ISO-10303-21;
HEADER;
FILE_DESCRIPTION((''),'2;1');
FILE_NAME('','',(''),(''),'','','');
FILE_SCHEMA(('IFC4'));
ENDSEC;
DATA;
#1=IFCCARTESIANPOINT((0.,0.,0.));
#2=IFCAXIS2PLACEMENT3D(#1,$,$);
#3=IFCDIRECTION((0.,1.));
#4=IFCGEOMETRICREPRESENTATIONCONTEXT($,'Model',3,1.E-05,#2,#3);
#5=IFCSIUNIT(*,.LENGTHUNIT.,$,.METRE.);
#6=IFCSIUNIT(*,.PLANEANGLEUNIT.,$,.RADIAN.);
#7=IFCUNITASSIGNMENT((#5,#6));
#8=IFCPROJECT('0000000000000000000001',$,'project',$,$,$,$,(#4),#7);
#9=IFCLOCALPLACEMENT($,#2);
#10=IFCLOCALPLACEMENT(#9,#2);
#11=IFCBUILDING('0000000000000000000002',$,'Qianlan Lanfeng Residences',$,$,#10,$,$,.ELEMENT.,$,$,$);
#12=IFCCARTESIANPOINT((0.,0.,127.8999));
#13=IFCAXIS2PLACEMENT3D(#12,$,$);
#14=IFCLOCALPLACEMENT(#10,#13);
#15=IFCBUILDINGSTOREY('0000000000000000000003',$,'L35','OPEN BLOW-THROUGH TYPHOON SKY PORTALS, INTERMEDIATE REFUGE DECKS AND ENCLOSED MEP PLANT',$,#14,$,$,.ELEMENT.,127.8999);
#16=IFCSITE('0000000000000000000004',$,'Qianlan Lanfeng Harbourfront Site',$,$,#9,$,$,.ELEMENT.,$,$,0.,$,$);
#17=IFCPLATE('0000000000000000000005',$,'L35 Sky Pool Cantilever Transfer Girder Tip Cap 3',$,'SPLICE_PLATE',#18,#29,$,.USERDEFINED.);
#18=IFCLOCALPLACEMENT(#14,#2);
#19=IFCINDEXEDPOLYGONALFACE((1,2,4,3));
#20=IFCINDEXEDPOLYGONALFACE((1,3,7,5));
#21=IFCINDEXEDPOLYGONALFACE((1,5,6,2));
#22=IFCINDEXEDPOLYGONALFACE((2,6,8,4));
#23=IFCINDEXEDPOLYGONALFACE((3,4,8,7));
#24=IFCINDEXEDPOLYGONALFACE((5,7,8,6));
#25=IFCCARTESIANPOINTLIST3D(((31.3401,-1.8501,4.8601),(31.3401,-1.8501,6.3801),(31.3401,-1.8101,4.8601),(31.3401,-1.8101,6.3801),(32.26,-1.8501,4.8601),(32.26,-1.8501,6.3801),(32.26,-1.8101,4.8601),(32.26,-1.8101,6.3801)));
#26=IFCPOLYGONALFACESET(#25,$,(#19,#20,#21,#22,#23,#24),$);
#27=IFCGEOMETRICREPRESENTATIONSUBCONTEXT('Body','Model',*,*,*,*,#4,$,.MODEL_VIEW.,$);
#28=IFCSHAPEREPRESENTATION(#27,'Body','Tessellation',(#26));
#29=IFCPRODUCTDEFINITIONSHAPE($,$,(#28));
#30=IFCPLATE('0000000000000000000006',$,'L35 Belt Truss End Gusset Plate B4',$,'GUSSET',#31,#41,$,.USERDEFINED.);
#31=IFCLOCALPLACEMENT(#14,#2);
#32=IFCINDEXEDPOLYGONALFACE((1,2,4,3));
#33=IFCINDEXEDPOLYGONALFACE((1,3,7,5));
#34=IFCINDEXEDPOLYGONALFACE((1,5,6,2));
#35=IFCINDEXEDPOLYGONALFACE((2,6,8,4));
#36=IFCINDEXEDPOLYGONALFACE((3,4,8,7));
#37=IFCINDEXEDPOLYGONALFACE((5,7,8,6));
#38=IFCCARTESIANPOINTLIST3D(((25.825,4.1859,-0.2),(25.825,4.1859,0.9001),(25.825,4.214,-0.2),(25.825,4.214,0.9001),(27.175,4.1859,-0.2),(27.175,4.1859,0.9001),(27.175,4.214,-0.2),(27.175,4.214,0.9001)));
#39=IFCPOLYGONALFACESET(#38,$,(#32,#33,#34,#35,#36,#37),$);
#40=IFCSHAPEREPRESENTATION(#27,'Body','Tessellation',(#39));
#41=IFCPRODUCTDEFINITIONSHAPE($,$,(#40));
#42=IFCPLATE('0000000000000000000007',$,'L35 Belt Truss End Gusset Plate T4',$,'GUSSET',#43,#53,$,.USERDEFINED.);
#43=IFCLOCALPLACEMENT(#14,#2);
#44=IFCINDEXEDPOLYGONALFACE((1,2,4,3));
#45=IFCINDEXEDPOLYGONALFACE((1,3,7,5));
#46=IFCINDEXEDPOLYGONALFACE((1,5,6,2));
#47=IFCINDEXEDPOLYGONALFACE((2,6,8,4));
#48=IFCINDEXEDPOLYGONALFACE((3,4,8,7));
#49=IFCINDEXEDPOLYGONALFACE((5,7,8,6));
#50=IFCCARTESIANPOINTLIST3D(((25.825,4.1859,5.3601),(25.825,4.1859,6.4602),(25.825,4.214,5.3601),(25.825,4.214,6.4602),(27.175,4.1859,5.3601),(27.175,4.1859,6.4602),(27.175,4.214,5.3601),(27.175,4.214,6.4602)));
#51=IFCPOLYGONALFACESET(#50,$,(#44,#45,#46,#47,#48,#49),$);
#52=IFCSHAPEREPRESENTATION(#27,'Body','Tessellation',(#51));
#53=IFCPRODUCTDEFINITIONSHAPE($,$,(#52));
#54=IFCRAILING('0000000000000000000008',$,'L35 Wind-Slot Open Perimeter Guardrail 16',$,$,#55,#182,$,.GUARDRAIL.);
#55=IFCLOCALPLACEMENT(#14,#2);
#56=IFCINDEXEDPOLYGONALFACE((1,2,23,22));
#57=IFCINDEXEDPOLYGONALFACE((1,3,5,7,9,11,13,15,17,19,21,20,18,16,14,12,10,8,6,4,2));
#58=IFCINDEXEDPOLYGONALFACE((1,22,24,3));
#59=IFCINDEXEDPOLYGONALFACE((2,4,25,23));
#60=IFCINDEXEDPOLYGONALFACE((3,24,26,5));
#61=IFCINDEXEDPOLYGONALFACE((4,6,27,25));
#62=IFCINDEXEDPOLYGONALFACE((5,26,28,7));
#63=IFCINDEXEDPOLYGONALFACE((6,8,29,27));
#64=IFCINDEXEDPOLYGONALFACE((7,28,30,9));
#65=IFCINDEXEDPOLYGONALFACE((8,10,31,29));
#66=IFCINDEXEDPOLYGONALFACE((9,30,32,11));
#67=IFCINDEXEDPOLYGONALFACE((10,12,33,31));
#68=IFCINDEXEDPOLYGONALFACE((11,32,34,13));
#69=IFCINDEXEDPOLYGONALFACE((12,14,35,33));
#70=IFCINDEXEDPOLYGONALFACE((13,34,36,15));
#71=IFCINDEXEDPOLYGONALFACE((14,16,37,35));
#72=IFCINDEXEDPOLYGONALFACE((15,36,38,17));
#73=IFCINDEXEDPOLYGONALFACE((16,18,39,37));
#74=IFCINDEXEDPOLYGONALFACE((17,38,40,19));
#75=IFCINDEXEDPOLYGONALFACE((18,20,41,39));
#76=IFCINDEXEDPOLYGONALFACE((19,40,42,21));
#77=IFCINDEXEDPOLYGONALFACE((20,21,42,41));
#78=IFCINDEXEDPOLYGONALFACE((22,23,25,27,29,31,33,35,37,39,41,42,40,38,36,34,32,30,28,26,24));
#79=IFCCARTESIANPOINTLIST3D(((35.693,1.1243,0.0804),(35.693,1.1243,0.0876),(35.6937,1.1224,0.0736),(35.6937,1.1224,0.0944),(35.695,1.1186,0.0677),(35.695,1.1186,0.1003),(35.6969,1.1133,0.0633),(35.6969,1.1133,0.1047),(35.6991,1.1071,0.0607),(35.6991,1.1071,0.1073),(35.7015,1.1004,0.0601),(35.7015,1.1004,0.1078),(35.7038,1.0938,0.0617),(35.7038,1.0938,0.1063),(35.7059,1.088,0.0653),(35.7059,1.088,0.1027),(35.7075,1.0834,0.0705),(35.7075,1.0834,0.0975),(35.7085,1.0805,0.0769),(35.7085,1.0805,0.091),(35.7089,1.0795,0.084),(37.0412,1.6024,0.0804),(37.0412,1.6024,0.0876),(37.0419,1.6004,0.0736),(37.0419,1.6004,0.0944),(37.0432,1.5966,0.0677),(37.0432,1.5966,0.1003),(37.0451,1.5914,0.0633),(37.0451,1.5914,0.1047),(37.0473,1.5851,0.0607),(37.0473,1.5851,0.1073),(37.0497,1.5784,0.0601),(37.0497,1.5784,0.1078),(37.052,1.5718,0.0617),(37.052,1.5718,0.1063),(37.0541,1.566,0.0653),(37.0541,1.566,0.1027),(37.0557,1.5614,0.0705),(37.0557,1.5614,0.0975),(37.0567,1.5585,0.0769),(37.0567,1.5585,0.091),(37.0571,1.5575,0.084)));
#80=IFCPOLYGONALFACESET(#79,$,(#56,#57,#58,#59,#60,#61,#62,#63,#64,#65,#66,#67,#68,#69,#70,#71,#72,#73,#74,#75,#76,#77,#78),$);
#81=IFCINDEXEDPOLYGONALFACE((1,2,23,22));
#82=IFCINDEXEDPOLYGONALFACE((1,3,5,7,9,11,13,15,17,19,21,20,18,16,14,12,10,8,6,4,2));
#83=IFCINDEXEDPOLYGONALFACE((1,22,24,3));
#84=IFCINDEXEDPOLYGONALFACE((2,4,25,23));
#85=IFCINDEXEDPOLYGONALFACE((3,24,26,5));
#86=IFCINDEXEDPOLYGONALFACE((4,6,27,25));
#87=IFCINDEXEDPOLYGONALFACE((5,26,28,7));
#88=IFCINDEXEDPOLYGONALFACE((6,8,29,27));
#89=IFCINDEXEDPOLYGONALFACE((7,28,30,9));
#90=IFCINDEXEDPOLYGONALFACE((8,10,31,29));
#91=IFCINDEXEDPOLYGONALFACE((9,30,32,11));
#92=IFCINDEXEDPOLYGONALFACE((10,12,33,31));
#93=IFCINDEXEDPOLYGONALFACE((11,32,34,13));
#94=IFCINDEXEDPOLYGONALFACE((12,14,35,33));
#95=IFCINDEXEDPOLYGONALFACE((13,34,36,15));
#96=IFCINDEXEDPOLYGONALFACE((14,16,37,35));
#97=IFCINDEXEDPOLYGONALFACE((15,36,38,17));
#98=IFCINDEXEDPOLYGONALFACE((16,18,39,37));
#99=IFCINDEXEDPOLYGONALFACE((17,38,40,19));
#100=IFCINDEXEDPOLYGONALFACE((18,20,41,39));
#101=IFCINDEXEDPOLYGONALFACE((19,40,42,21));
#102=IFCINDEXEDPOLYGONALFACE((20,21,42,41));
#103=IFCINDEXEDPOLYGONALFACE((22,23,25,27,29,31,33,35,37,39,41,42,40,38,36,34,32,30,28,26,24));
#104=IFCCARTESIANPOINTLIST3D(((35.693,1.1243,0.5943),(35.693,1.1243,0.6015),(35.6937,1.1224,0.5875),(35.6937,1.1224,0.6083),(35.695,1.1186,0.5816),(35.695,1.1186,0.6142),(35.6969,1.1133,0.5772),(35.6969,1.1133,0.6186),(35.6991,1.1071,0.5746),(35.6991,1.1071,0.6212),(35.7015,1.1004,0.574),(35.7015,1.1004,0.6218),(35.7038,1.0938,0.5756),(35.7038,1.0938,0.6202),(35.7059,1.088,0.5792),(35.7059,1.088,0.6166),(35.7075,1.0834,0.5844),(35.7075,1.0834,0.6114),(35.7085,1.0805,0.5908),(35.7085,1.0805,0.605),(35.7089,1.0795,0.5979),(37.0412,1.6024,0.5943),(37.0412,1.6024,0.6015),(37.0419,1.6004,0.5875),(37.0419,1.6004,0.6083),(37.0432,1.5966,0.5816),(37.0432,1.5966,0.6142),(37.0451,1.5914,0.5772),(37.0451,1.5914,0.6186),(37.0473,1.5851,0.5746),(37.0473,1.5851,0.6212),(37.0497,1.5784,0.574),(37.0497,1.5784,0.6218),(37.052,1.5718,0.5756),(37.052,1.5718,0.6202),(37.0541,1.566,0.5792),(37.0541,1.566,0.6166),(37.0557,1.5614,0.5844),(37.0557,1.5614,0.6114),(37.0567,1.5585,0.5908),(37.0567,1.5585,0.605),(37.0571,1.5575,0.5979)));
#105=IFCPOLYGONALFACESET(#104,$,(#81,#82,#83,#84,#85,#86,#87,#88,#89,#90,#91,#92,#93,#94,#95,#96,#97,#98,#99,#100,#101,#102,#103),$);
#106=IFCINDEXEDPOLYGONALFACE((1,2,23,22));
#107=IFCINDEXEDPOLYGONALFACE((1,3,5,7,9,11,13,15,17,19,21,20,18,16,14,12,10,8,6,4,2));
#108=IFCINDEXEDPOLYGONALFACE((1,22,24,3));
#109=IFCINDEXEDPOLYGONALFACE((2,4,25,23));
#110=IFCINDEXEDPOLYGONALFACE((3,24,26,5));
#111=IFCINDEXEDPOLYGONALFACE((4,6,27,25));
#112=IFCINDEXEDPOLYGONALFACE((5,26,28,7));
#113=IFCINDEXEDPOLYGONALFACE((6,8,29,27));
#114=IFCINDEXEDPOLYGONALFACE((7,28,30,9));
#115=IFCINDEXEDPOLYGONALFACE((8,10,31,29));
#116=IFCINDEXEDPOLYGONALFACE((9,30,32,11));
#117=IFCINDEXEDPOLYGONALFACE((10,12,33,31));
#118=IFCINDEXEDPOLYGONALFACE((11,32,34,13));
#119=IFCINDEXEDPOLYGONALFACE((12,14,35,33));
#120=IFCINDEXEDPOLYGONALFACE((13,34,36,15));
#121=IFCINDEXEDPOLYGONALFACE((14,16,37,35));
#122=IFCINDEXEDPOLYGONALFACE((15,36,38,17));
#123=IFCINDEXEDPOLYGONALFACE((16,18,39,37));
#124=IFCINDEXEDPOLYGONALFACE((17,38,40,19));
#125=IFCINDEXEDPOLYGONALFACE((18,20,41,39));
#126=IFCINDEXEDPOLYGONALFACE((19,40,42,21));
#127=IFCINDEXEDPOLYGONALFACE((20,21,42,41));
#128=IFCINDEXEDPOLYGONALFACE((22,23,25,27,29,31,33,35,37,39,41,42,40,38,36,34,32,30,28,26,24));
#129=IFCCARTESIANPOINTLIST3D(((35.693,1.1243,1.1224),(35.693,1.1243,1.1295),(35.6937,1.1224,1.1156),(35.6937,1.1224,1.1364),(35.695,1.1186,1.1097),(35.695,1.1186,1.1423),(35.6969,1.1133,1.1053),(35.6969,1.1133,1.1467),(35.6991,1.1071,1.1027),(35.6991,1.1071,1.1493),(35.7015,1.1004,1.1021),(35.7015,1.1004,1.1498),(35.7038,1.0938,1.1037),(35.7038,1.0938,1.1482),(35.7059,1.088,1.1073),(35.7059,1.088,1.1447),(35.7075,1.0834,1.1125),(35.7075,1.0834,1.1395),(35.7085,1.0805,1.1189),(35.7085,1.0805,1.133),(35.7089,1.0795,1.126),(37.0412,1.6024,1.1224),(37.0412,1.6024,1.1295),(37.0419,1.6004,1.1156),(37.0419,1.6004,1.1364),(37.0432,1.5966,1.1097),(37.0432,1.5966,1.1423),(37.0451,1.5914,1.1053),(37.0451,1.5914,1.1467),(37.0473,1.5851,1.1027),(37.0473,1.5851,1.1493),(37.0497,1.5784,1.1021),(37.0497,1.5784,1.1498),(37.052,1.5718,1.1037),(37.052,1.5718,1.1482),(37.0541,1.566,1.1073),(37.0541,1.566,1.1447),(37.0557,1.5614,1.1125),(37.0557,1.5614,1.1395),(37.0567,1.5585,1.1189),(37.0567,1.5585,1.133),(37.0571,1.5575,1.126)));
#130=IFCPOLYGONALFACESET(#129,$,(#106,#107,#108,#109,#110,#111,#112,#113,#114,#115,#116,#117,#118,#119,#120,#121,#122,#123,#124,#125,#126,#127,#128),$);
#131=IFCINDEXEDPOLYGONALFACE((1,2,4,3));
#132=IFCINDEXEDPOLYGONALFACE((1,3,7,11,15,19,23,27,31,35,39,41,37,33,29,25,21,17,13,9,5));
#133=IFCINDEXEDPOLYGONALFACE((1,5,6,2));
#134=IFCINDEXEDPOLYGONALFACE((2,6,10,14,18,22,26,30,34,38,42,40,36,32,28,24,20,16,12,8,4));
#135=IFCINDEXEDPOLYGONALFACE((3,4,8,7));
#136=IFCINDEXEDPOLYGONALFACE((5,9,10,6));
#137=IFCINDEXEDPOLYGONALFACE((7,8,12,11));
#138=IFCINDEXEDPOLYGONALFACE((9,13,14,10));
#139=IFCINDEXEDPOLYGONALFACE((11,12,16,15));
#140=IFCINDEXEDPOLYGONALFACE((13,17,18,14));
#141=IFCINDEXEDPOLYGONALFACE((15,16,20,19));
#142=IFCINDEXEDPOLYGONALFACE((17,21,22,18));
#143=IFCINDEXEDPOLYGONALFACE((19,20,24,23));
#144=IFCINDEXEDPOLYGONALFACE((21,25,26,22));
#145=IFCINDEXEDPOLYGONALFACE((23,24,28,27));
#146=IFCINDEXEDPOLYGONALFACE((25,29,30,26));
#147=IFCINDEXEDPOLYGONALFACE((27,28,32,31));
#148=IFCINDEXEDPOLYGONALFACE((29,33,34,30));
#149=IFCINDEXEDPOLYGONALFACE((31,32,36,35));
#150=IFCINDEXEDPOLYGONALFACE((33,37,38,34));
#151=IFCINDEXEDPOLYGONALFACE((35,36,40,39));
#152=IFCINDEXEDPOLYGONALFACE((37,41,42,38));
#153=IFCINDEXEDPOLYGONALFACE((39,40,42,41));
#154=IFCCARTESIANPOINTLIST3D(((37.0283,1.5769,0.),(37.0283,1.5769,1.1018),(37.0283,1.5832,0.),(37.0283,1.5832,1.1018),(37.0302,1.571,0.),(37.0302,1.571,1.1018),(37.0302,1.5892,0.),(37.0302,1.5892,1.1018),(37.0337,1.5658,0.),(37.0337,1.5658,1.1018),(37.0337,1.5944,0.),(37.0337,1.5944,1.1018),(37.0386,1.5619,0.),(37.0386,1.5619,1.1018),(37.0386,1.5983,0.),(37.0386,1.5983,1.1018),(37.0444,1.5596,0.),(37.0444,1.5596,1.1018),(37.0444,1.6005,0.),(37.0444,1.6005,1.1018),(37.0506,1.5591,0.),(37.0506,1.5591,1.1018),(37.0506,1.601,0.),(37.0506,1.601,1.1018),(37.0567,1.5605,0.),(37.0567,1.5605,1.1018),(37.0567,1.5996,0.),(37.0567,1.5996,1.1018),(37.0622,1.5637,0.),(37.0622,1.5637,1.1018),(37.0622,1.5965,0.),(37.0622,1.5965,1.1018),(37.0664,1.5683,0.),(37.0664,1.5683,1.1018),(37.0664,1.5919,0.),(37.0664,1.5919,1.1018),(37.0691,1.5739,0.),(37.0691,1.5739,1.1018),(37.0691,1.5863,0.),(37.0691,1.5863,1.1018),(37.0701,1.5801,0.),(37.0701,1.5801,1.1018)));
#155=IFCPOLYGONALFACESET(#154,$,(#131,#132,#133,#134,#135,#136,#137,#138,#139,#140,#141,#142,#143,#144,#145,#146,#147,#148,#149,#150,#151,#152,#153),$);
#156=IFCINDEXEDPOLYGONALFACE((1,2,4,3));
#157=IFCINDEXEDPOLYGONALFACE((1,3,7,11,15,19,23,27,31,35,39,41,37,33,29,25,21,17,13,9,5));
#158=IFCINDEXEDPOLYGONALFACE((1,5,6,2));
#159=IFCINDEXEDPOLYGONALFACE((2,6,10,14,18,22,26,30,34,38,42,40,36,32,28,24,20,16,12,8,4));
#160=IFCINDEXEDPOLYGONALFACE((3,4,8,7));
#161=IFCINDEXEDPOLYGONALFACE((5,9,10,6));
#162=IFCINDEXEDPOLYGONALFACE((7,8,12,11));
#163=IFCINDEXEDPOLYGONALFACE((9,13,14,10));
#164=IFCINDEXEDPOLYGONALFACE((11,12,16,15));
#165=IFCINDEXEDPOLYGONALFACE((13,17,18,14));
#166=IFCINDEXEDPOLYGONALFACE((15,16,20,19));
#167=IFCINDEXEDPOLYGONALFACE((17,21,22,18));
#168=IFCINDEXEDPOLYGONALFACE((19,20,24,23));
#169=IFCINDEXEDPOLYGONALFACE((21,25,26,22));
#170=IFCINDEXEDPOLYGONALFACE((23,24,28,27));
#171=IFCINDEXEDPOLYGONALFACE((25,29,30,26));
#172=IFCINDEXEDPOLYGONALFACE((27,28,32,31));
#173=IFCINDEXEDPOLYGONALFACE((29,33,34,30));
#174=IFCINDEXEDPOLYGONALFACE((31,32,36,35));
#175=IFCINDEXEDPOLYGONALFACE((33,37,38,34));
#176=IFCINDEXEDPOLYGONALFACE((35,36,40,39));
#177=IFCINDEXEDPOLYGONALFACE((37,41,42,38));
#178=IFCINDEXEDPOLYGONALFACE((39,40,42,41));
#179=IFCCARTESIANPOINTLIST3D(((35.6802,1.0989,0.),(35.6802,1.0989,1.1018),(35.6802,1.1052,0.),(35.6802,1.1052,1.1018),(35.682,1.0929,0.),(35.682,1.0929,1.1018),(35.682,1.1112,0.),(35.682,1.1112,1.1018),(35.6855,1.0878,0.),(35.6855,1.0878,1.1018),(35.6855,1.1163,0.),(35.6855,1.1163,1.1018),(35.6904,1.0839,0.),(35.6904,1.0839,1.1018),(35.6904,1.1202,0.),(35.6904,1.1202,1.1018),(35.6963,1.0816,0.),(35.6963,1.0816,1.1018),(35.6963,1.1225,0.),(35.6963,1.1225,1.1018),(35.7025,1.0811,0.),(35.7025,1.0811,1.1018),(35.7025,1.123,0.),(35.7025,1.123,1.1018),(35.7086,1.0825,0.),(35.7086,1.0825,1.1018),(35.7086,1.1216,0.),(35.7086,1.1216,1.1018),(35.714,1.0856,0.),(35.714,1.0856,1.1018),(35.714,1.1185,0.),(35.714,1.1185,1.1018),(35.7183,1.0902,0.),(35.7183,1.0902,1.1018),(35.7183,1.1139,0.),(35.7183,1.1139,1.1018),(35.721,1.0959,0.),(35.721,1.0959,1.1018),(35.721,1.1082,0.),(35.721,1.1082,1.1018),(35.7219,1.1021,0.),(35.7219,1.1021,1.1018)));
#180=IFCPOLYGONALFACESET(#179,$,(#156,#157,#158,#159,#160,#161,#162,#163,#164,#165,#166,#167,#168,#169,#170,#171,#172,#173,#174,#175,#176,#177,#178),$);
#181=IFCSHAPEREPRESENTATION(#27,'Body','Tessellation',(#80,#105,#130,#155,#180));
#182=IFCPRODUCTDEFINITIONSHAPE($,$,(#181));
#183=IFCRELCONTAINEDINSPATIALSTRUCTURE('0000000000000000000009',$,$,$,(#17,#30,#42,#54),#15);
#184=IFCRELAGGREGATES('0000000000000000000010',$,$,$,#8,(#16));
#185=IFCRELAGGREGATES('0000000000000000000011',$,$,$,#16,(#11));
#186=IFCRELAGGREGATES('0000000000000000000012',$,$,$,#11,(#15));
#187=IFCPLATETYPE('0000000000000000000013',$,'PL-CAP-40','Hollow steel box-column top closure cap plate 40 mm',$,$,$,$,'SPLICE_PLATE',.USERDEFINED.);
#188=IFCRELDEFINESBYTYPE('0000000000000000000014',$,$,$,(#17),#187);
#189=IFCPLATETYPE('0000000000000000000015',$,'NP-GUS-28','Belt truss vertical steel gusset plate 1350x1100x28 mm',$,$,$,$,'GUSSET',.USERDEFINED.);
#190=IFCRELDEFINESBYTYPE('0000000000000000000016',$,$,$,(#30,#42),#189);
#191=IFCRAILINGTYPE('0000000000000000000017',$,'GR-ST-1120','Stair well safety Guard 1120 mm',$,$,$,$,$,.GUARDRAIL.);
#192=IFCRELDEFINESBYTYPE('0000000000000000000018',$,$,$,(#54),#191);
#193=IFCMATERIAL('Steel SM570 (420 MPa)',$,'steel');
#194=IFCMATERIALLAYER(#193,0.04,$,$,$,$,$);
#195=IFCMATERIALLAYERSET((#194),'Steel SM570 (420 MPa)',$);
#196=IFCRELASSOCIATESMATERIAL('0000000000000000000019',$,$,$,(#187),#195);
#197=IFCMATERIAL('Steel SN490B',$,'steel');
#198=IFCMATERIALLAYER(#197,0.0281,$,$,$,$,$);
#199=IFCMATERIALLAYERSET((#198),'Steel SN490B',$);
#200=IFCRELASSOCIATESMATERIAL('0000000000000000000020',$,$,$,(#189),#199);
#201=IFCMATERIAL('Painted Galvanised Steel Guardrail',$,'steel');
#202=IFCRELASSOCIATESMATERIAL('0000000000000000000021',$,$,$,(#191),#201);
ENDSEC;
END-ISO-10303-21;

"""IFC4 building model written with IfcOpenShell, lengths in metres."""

from ifc_helpers import new_model, si_unit, direction, frame, origin, origin_2d, place, context, subcontext, project, spatial, rectangle, circle, extrude, source, transform, mapped, material, layer, layer_set, type_object, element, save


model = new_model("IFC4")

# Units and contexts
model_context = context("Model", 3, precision=1e-05, world=origin(), true_north=direction((0.0, 1.0)))
body_context = subcontext(model_context, "Body", "Model", "MODEL_VIEW")
ifc_project = project(units=[si_unit("LENGTHUNIT", "METRE"), si_unit("PLANEANGLEUNIT", "RADIAN")], contexts=[model_context])

# Site, building, storey
site_placement = place(None, origin())
site = spatial("IfcSite", under=ifc_project, at=site_placement, Name="Qianlan Lanfeng Harbourfront Site", CompositionType="ELEMENT", RefElevation=0.0)
building_placement = place(site_placement, origin())
building = spatial("IfcBuilding", under=site, at=building_placement, Name="Qianlan Lanfeng Residences", CompositionType="ELEMENT")
storey_placement = place(building_placement, frame((0.0, 0.0, 127.8999)))
storey = spatial("IfcBuildingStorey", under=building, at=storey_placement, Name="L35", Description="OPEN BLOW-THROUGH TYPHOON SKY PORTALS, INTERMEDIATE REFUGE DECKS AND ENCLOSED MEP PLANT", CompositionType="ELEMENT", Elevation=127.8999)

# Shared definitions
ifc_material_1 = material(Name="Steel SN490B", Category="steel")

# Plates
ifc_material_2 = material(Name="Steel SM570 (420 MPa)", Category="steel")
ifc_layer_1 = layer(ifc_material_2, 0.04)
ifc_layer_set_1 = layer_set([ifc_layer_1], Name="Steel SM570 (420 MPa)")
plate_type_1 = type_object("IfcPlateType", Name="PL-CAP-40", Description="Hollow steel box-column top closure cap plate 40 mm", ElementType="SPLICE_PLATE", PredefinedType="USERDEFINED", material=ifc_layer_set_1)
shared_shape_1 = source(origin(), body_context, "Body", "SweptSolid", [
    extrude(rectangle(XDim=0.9199, YDim=0.04, at=origin_2d()), origin(), (0.0, 0.0, 1.0), 1.52),
])
for number, where, z_axis, x_axis, name in (
    (1, (31.8, -1.8301, 4.8601), (0.0, 0.0, 1.0), (1.0, 0.0, 0.0), "L35 Sky Pool Cantilever Transfer Girder Tip Cap 3"),
):
    element("IfcPlate", number, at=place(storey_placement, frame(where, z_axis=z_axis, x_axis=x_axis)), inside=storey, type_object=plate_type_1, Name=name, ObjectType="SPLICE_PLATE", PredefinedType="USERDEFINED", context=body_context, shape_type="MappedRepresentation", body=[
        mapped(shared_shape_1, transform((0.0, 0.0, 0.0), scale=1.0)),
    ])
ifc_layer_2 = layer(ifc_material_1, 0.0281)
ifc_layer_set_2 = layer_set([ifc_layer_2], Name="Steel SN490B")
plate_type_2 = type_object("IfcPlateType", Name="NP-GUS-28", Description="Belt truss vertical steel gusset plate 1350x1100x28 mm", ElementType="GUSSET", PredefinedType="USERDEFINED", material=ifc_layer_set_2)
shared_shape_2 = source(origin(), body_context, "Body", "SweptSolid", [
    extrude(rectangle(XDim=1.3501, YDim=0.0281, at=origin_2d()), origin(), (0.0, 0.0, 1.0), 1.1001),
])
for number, where, z_axis, x_axis, name in (
    (2, (26.5, 4.2, -0.2), (0.0, 0.0, 1.0), (1.0, 0.0, 0.0), "L35 Belt Truss End Gusset Plate B4"),
    (3, (26.5, 4.2, 5.3601), (0.0, 0.0, 1.0), (1.0, 0.0, 0.0), "L35 Belt Truss End Gusset Plate T4"),
):
    element("IfcPlate", number, at=place(storey_placement, frame(where, z_axis=z_axis, x_axis=x_axis)), inside=storey, type_object=plate_type_2, Name=name, ObjectType="GUSSET", PredefinedType="USERDEFINED", context=body_context, shape_type="MappedRepresentation", body=[
        mapped(shared_shape_2, transform((0.0, 0.0, 0.0), scale=1.0)),
    ])

# Railing
ifc_material_3 = material(Name="Painted Galvanised Steel Guardrail", Category="steel")
railing_type = type_object("IfcRailingType", Name="GR-ST-1120", Description="Stair well safety Guard 1120 mm", PredefinedType="GUARDRAIL", material=ifc_material_3)
railing_1_placement = place(storey_placement, frame((37.0491, 1.5801, 0.0)))
element("IfcRailing", 4, at=railing_1_placement, inside=storey, type_object=railing_type, Name="L35 Wind-Slot Open Perimeter Guardrail 16", PredefinedType="GUARDRAIL", context=body_context, shape_type="SweptSolid", body=[
    extrude(circle(Radius=0.0239, at=origin_2d()), frame((0.0, 0.0, 0.084), z_axis=(-0.942504, -0.334195, 0.0), x_axis=(0.334195, -0.942504, 0.0)), (0.0, 0.0, 1.0), 1.4304),
    extrude(circle(Radius=0.0239, at=origin_2d()), frame((0.0, 0.0, 0.5979), z_axis=(-0.942504, -0.334195, 0.0), x_axis=(0.334195, -0.942504, 0.0)), (0.0, 0.0, 1.0), 1.4304),
    extrude(circle(Radius=0.0239, at=origin_2d()), frame((0.0, 0.0, 1.126), z_axis=(-0.942504, -0.334195, 0.0), x_axis=(0.334195, -0.942504, 0.0)), (0.0, 0.0, 1.0), 1.4304),
    extrude(circle(Radius=0.021, at=origin_2d()), origin(), (0.0, 0.0, 1.0), 1.1018),
    extrude(circle(Radius=0.021, at=origin_2d()), frame((-1.3481, -0.478, 0.0)), (0.0, 0.0, 1.0), 1.1018),
])

save(model, "model.ifc")
